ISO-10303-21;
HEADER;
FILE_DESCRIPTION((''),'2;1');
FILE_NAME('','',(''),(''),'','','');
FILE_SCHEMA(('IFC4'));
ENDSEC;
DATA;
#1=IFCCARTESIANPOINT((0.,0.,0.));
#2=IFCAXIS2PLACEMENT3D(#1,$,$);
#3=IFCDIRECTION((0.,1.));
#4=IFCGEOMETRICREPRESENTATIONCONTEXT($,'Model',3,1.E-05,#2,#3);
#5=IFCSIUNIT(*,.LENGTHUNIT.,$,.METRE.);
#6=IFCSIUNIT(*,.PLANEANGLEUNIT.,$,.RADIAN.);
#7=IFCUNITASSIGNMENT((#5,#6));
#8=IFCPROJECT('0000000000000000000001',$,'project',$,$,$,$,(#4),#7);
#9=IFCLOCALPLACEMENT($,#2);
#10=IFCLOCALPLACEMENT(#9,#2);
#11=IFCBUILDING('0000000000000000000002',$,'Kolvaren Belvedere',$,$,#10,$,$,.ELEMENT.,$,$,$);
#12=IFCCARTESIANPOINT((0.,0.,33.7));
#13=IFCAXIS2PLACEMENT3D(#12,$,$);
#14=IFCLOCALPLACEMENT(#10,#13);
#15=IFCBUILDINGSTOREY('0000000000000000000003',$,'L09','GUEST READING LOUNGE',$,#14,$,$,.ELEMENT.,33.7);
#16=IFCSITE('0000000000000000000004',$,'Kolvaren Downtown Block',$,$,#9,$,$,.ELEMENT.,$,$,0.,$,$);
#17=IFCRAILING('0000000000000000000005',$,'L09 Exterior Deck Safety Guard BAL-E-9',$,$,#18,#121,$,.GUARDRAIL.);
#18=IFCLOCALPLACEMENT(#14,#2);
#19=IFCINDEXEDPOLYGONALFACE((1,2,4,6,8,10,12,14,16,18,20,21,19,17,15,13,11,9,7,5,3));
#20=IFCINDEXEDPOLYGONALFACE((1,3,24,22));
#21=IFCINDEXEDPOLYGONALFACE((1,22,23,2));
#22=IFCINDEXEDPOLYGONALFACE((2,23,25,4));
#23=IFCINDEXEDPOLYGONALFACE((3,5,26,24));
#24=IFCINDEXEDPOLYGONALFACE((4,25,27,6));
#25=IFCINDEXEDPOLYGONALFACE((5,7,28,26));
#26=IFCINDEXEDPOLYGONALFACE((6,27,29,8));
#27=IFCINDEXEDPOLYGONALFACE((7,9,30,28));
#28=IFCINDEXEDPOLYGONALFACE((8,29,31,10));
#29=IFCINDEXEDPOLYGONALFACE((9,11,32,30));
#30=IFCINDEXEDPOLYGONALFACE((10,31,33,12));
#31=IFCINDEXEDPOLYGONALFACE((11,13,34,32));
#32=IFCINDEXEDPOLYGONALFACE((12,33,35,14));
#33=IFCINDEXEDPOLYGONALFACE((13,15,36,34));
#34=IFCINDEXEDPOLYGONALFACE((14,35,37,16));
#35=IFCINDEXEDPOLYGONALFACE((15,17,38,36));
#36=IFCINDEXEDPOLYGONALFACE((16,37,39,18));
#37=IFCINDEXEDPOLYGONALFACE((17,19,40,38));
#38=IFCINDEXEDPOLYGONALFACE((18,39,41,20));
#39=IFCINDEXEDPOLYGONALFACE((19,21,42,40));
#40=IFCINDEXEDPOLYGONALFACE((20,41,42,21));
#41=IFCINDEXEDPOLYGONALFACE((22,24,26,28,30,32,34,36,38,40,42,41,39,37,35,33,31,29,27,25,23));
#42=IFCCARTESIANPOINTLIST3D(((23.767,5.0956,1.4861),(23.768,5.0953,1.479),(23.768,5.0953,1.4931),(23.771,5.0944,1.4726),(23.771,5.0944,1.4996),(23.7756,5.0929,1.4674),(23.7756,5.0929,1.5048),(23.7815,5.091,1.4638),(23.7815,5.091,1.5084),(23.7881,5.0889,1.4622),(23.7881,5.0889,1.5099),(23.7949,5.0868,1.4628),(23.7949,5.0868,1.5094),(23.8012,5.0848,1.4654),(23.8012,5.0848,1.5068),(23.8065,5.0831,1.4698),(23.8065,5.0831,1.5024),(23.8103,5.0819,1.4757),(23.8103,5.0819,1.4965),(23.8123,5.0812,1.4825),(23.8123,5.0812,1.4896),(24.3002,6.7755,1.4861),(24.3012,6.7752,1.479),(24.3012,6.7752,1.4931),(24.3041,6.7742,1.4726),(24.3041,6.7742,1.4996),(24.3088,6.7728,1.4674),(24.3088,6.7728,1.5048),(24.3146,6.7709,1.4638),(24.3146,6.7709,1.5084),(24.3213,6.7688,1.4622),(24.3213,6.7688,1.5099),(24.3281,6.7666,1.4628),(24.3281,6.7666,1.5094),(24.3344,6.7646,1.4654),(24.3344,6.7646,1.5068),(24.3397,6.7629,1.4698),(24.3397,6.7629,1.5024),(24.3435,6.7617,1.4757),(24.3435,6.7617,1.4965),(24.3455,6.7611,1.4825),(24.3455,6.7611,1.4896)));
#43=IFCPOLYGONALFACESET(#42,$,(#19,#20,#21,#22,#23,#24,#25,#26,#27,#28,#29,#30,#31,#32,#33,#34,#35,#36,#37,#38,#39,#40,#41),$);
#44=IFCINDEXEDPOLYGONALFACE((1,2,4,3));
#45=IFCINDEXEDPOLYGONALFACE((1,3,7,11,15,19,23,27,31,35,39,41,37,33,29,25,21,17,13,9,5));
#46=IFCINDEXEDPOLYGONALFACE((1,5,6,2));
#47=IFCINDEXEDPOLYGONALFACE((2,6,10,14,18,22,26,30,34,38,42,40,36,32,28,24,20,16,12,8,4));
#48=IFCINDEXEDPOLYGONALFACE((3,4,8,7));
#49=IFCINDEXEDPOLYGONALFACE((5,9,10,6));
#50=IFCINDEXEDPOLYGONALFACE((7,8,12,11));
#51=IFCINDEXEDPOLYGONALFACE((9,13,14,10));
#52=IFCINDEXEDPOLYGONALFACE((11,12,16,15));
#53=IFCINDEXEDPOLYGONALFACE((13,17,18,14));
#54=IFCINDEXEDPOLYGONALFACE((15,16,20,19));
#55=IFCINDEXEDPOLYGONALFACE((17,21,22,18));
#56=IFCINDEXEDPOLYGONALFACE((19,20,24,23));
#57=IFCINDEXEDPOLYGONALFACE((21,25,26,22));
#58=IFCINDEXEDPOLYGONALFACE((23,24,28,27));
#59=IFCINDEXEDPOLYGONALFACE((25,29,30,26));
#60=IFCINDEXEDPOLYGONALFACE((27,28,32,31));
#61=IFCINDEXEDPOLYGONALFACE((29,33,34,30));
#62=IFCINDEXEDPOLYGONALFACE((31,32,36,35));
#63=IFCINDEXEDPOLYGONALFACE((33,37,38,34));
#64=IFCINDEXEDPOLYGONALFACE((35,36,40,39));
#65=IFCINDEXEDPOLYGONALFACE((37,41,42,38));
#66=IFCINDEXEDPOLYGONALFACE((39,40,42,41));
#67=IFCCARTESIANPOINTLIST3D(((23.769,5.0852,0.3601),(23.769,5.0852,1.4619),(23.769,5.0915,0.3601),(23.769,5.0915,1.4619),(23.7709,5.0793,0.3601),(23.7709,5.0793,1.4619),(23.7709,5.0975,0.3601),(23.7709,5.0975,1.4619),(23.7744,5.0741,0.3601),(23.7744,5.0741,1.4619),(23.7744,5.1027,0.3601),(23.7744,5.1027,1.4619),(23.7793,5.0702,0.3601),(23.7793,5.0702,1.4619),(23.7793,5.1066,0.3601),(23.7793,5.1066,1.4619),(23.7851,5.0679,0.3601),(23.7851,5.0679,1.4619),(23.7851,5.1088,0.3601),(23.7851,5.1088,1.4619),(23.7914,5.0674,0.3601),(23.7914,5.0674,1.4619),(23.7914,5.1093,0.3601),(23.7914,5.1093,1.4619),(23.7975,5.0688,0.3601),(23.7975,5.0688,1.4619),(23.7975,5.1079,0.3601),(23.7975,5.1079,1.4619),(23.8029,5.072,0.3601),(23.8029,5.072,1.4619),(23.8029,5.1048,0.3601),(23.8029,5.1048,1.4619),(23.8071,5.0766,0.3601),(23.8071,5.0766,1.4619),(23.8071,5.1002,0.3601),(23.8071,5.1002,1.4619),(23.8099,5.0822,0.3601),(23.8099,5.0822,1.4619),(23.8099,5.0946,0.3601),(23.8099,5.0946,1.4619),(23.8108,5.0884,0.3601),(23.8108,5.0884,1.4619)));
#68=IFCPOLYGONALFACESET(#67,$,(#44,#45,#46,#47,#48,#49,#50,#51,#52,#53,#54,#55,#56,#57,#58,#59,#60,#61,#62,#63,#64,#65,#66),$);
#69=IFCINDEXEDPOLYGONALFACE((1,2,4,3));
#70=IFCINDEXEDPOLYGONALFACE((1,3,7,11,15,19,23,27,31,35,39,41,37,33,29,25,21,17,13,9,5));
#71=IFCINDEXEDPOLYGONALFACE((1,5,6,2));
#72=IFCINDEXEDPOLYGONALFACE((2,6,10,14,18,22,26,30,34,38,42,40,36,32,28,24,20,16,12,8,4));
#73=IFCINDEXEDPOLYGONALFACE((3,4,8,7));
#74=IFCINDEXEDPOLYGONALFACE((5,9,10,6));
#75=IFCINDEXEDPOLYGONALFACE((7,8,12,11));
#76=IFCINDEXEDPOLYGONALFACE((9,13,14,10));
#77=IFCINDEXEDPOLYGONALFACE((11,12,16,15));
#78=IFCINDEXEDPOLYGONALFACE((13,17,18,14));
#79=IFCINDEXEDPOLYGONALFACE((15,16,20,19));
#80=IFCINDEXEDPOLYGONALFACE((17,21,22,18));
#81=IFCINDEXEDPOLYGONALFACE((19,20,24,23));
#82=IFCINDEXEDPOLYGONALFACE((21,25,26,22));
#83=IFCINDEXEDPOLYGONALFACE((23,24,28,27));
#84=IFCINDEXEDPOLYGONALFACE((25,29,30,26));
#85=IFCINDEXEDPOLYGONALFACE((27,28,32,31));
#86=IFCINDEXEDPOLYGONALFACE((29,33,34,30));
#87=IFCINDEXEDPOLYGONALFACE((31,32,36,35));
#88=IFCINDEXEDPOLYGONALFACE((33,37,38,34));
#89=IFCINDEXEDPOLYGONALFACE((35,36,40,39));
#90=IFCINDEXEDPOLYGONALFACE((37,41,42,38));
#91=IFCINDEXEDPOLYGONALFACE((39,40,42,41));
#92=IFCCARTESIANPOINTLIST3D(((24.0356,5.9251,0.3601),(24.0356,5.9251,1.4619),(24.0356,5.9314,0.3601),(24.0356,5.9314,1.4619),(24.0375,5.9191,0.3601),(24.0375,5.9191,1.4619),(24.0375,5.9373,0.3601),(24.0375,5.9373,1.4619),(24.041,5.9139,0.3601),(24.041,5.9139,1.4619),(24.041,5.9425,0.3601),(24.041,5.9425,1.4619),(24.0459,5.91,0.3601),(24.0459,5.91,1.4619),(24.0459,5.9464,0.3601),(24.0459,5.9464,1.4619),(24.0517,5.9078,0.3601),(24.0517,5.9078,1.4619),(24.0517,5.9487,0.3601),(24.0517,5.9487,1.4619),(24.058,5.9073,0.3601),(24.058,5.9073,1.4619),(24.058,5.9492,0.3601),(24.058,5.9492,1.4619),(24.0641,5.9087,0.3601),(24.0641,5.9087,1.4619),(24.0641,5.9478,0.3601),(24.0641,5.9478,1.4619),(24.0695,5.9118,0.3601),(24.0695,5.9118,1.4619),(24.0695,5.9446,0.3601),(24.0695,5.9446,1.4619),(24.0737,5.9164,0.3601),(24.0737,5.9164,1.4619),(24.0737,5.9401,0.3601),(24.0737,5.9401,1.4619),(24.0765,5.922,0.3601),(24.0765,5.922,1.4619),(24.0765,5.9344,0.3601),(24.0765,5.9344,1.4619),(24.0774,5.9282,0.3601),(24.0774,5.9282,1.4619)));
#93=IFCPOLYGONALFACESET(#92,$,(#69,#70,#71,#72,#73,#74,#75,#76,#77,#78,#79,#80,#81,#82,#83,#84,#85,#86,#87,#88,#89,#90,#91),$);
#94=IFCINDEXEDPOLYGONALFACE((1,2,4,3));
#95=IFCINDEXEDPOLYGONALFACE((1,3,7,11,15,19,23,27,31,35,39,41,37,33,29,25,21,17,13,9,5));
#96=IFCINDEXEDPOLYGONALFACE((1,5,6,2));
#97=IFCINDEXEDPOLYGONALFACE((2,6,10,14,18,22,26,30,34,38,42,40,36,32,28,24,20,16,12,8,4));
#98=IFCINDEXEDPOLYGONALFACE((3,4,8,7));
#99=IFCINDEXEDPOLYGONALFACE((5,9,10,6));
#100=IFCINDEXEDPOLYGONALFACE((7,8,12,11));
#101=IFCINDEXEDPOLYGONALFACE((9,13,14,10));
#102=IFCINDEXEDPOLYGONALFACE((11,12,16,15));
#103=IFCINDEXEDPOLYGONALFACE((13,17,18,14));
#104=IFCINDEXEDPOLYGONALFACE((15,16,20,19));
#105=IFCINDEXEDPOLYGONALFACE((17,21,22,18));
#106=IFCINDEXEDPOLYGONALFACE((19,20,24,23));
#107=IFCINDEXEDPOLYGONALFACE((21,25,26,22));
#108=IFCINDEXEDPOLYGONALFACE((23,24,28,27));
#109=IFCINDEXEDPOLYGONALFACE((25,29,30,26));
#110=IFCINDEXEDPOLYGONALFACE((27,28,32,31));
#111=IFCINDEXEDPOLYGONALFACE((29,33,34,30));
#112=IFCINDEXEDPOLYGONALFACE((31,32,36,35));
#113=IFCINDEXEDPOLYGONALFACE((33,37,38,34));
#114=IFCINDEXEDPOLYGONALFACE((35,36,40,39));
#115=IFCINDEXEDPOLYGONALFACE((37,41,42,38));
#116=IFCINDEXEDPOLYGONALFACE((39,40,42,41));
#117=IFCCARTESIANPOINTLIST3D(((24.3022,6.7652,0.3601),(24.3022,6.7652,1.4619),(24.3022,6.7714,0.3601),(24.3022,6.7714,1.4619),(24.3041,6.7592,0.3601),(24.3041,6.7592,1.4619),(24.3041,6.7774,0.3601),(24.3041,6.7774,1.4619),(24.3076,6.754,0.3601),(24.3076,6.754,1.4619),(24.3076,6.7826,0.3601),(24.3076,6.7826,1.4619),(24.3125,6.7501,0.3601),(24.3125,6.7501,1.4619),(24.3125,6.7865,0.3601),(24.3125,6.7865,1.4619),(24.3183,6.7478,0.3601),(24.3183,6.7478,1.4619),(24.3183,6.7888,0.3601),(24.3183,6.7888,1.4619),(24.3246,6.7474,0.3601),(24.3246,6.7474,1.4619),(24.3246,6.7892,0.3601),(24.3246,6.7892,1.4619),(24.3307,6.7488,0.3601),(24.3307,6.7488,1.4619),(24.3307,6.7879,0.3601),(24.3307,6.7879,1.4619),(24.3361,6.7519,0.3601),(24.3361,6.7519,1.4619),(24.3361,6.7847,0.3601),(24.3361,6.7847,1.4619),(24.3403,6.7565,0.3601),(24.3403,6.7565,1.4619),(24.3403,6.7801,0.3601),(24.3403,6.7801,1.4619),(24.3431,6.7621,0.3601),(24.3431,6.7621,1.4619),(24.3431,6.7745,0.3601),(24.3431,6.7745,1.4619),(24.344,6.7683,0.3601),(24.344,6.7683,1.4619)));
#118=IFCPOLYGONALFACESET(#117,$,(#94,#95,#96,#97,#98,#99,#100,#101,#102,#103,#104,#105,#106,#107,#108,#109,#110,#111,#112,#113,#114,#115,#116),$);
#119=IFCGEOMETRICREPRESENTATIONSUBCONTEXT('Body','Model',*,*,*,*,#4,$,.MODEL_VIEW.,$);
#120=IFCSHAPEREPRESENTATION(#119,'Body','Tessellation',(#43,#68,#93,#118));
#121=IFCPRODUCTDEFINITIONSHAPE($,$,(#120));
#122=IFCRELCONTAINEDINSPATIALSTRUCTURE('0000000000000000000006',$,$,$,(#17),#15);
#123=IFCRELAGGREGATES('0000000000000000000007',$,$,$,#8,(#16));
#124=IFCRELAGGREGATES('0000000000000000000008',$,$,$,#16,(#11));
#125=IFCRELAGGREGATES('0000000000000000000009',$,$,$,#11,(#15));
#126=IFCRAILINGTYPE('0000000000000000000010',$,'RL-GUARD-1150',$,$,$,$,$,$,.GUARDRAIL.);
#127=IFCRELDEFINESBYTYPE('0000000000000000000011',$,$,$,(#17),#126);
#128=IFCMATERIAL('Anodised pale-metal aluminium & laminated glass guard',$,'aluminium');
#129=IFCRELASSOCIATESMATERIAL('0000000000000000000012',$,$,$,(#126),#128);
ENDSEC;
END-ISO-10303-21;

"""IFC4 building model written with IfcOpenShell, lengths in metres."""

from ifc_helpers import new_model, si_unit, direction, frame, origin, origin_2d, place, context, subcontext, project, spatial, circle, extrude, material, type_object, element, save


model = new_model("IFC4")

# Units and contexts
model_context = context("Model", 3, precision=1e-05, world=origin(), true_north=direction((0.0, 1.0)))
body_context = subcontext(model_context, "Body", "Model", "MODEL_VIEW")
ifc_project = project(units=[si_unit("LENGTHUNIT", "METRE"), si_unit("PLANEANGLEUNIT", "RADIAN")], contexts=[model_context])

# Site, building, storey
site_placement = place(None, origin())
site = spatial("IfcSite", under=ifc_project, at=site_placement, Name="Kolvaren Downtown Block", CompositionType="ELEMENT", RefElevation=0.0)
building_placement = place(site_placement, origin())
building = spatial("IfcBuilding", under=site, at=building_placement, Name="Kolvaren Belvedere", CompositionType="ELEMENT")
storey_placement = place(building_placement, frame((0.0, 0.0, 33.7)))
storey = spatial("IfcBuildingStorey", under=building, at=storey_placement, Name="L09", Description="GUEST READING LOUNGE", CompositionType="ELEMENT", Elevation=33.7)

# Railing
ifc_material_1 = material(Name="Anodised pale-metal aluminium & laminated glass guard", Category="aluminium")
railing_type = type_object("IfcRailingType", Name="RL-GUARD-1150", PredefinedType="GUARDRAIL", material=ifc_material_1)
railing_1_placement = place(storey_placement, frame((23.7898, 5.0884, 0.3601)))
element("IfcRailing", 1, at=railing_1_placement, inside=storey, type_object=railing_type, Name="L09 Exterior Deck Safety Guard BAL-E-9", PredefinedType="GUARDRAIL", context=body_context, shape_type="SweptSolid", body=[
    extrude(circle(Radius=0.0239, at=origin_2d()), frame((0.0, 0.0, 1.126), z_axis=(0.302523, 0.953142, 0.0), x_axis=(-0.953142, 0.302523, 0.0)), (0.0, 0.0, 1.0), 1.7625),
    extrude(circle(Radius=0.021, at=origin_2d()), origin(), (0.0, 0.0, 1.0), 1.1018),
    extrude(circle(Radius=0.021, at=origin_2d()), frame((0.2666, 0.8398, 0.0)), (0.0, 0.0, 1.0), 1.1018),
    extrude(circle(Radius=0.021, at=origin_2d()), frame((0.5332, 1.6799, 0.0)), (0.0, 0.0, 1.0), 1.1018),
])

save(model, "model.ifc")
